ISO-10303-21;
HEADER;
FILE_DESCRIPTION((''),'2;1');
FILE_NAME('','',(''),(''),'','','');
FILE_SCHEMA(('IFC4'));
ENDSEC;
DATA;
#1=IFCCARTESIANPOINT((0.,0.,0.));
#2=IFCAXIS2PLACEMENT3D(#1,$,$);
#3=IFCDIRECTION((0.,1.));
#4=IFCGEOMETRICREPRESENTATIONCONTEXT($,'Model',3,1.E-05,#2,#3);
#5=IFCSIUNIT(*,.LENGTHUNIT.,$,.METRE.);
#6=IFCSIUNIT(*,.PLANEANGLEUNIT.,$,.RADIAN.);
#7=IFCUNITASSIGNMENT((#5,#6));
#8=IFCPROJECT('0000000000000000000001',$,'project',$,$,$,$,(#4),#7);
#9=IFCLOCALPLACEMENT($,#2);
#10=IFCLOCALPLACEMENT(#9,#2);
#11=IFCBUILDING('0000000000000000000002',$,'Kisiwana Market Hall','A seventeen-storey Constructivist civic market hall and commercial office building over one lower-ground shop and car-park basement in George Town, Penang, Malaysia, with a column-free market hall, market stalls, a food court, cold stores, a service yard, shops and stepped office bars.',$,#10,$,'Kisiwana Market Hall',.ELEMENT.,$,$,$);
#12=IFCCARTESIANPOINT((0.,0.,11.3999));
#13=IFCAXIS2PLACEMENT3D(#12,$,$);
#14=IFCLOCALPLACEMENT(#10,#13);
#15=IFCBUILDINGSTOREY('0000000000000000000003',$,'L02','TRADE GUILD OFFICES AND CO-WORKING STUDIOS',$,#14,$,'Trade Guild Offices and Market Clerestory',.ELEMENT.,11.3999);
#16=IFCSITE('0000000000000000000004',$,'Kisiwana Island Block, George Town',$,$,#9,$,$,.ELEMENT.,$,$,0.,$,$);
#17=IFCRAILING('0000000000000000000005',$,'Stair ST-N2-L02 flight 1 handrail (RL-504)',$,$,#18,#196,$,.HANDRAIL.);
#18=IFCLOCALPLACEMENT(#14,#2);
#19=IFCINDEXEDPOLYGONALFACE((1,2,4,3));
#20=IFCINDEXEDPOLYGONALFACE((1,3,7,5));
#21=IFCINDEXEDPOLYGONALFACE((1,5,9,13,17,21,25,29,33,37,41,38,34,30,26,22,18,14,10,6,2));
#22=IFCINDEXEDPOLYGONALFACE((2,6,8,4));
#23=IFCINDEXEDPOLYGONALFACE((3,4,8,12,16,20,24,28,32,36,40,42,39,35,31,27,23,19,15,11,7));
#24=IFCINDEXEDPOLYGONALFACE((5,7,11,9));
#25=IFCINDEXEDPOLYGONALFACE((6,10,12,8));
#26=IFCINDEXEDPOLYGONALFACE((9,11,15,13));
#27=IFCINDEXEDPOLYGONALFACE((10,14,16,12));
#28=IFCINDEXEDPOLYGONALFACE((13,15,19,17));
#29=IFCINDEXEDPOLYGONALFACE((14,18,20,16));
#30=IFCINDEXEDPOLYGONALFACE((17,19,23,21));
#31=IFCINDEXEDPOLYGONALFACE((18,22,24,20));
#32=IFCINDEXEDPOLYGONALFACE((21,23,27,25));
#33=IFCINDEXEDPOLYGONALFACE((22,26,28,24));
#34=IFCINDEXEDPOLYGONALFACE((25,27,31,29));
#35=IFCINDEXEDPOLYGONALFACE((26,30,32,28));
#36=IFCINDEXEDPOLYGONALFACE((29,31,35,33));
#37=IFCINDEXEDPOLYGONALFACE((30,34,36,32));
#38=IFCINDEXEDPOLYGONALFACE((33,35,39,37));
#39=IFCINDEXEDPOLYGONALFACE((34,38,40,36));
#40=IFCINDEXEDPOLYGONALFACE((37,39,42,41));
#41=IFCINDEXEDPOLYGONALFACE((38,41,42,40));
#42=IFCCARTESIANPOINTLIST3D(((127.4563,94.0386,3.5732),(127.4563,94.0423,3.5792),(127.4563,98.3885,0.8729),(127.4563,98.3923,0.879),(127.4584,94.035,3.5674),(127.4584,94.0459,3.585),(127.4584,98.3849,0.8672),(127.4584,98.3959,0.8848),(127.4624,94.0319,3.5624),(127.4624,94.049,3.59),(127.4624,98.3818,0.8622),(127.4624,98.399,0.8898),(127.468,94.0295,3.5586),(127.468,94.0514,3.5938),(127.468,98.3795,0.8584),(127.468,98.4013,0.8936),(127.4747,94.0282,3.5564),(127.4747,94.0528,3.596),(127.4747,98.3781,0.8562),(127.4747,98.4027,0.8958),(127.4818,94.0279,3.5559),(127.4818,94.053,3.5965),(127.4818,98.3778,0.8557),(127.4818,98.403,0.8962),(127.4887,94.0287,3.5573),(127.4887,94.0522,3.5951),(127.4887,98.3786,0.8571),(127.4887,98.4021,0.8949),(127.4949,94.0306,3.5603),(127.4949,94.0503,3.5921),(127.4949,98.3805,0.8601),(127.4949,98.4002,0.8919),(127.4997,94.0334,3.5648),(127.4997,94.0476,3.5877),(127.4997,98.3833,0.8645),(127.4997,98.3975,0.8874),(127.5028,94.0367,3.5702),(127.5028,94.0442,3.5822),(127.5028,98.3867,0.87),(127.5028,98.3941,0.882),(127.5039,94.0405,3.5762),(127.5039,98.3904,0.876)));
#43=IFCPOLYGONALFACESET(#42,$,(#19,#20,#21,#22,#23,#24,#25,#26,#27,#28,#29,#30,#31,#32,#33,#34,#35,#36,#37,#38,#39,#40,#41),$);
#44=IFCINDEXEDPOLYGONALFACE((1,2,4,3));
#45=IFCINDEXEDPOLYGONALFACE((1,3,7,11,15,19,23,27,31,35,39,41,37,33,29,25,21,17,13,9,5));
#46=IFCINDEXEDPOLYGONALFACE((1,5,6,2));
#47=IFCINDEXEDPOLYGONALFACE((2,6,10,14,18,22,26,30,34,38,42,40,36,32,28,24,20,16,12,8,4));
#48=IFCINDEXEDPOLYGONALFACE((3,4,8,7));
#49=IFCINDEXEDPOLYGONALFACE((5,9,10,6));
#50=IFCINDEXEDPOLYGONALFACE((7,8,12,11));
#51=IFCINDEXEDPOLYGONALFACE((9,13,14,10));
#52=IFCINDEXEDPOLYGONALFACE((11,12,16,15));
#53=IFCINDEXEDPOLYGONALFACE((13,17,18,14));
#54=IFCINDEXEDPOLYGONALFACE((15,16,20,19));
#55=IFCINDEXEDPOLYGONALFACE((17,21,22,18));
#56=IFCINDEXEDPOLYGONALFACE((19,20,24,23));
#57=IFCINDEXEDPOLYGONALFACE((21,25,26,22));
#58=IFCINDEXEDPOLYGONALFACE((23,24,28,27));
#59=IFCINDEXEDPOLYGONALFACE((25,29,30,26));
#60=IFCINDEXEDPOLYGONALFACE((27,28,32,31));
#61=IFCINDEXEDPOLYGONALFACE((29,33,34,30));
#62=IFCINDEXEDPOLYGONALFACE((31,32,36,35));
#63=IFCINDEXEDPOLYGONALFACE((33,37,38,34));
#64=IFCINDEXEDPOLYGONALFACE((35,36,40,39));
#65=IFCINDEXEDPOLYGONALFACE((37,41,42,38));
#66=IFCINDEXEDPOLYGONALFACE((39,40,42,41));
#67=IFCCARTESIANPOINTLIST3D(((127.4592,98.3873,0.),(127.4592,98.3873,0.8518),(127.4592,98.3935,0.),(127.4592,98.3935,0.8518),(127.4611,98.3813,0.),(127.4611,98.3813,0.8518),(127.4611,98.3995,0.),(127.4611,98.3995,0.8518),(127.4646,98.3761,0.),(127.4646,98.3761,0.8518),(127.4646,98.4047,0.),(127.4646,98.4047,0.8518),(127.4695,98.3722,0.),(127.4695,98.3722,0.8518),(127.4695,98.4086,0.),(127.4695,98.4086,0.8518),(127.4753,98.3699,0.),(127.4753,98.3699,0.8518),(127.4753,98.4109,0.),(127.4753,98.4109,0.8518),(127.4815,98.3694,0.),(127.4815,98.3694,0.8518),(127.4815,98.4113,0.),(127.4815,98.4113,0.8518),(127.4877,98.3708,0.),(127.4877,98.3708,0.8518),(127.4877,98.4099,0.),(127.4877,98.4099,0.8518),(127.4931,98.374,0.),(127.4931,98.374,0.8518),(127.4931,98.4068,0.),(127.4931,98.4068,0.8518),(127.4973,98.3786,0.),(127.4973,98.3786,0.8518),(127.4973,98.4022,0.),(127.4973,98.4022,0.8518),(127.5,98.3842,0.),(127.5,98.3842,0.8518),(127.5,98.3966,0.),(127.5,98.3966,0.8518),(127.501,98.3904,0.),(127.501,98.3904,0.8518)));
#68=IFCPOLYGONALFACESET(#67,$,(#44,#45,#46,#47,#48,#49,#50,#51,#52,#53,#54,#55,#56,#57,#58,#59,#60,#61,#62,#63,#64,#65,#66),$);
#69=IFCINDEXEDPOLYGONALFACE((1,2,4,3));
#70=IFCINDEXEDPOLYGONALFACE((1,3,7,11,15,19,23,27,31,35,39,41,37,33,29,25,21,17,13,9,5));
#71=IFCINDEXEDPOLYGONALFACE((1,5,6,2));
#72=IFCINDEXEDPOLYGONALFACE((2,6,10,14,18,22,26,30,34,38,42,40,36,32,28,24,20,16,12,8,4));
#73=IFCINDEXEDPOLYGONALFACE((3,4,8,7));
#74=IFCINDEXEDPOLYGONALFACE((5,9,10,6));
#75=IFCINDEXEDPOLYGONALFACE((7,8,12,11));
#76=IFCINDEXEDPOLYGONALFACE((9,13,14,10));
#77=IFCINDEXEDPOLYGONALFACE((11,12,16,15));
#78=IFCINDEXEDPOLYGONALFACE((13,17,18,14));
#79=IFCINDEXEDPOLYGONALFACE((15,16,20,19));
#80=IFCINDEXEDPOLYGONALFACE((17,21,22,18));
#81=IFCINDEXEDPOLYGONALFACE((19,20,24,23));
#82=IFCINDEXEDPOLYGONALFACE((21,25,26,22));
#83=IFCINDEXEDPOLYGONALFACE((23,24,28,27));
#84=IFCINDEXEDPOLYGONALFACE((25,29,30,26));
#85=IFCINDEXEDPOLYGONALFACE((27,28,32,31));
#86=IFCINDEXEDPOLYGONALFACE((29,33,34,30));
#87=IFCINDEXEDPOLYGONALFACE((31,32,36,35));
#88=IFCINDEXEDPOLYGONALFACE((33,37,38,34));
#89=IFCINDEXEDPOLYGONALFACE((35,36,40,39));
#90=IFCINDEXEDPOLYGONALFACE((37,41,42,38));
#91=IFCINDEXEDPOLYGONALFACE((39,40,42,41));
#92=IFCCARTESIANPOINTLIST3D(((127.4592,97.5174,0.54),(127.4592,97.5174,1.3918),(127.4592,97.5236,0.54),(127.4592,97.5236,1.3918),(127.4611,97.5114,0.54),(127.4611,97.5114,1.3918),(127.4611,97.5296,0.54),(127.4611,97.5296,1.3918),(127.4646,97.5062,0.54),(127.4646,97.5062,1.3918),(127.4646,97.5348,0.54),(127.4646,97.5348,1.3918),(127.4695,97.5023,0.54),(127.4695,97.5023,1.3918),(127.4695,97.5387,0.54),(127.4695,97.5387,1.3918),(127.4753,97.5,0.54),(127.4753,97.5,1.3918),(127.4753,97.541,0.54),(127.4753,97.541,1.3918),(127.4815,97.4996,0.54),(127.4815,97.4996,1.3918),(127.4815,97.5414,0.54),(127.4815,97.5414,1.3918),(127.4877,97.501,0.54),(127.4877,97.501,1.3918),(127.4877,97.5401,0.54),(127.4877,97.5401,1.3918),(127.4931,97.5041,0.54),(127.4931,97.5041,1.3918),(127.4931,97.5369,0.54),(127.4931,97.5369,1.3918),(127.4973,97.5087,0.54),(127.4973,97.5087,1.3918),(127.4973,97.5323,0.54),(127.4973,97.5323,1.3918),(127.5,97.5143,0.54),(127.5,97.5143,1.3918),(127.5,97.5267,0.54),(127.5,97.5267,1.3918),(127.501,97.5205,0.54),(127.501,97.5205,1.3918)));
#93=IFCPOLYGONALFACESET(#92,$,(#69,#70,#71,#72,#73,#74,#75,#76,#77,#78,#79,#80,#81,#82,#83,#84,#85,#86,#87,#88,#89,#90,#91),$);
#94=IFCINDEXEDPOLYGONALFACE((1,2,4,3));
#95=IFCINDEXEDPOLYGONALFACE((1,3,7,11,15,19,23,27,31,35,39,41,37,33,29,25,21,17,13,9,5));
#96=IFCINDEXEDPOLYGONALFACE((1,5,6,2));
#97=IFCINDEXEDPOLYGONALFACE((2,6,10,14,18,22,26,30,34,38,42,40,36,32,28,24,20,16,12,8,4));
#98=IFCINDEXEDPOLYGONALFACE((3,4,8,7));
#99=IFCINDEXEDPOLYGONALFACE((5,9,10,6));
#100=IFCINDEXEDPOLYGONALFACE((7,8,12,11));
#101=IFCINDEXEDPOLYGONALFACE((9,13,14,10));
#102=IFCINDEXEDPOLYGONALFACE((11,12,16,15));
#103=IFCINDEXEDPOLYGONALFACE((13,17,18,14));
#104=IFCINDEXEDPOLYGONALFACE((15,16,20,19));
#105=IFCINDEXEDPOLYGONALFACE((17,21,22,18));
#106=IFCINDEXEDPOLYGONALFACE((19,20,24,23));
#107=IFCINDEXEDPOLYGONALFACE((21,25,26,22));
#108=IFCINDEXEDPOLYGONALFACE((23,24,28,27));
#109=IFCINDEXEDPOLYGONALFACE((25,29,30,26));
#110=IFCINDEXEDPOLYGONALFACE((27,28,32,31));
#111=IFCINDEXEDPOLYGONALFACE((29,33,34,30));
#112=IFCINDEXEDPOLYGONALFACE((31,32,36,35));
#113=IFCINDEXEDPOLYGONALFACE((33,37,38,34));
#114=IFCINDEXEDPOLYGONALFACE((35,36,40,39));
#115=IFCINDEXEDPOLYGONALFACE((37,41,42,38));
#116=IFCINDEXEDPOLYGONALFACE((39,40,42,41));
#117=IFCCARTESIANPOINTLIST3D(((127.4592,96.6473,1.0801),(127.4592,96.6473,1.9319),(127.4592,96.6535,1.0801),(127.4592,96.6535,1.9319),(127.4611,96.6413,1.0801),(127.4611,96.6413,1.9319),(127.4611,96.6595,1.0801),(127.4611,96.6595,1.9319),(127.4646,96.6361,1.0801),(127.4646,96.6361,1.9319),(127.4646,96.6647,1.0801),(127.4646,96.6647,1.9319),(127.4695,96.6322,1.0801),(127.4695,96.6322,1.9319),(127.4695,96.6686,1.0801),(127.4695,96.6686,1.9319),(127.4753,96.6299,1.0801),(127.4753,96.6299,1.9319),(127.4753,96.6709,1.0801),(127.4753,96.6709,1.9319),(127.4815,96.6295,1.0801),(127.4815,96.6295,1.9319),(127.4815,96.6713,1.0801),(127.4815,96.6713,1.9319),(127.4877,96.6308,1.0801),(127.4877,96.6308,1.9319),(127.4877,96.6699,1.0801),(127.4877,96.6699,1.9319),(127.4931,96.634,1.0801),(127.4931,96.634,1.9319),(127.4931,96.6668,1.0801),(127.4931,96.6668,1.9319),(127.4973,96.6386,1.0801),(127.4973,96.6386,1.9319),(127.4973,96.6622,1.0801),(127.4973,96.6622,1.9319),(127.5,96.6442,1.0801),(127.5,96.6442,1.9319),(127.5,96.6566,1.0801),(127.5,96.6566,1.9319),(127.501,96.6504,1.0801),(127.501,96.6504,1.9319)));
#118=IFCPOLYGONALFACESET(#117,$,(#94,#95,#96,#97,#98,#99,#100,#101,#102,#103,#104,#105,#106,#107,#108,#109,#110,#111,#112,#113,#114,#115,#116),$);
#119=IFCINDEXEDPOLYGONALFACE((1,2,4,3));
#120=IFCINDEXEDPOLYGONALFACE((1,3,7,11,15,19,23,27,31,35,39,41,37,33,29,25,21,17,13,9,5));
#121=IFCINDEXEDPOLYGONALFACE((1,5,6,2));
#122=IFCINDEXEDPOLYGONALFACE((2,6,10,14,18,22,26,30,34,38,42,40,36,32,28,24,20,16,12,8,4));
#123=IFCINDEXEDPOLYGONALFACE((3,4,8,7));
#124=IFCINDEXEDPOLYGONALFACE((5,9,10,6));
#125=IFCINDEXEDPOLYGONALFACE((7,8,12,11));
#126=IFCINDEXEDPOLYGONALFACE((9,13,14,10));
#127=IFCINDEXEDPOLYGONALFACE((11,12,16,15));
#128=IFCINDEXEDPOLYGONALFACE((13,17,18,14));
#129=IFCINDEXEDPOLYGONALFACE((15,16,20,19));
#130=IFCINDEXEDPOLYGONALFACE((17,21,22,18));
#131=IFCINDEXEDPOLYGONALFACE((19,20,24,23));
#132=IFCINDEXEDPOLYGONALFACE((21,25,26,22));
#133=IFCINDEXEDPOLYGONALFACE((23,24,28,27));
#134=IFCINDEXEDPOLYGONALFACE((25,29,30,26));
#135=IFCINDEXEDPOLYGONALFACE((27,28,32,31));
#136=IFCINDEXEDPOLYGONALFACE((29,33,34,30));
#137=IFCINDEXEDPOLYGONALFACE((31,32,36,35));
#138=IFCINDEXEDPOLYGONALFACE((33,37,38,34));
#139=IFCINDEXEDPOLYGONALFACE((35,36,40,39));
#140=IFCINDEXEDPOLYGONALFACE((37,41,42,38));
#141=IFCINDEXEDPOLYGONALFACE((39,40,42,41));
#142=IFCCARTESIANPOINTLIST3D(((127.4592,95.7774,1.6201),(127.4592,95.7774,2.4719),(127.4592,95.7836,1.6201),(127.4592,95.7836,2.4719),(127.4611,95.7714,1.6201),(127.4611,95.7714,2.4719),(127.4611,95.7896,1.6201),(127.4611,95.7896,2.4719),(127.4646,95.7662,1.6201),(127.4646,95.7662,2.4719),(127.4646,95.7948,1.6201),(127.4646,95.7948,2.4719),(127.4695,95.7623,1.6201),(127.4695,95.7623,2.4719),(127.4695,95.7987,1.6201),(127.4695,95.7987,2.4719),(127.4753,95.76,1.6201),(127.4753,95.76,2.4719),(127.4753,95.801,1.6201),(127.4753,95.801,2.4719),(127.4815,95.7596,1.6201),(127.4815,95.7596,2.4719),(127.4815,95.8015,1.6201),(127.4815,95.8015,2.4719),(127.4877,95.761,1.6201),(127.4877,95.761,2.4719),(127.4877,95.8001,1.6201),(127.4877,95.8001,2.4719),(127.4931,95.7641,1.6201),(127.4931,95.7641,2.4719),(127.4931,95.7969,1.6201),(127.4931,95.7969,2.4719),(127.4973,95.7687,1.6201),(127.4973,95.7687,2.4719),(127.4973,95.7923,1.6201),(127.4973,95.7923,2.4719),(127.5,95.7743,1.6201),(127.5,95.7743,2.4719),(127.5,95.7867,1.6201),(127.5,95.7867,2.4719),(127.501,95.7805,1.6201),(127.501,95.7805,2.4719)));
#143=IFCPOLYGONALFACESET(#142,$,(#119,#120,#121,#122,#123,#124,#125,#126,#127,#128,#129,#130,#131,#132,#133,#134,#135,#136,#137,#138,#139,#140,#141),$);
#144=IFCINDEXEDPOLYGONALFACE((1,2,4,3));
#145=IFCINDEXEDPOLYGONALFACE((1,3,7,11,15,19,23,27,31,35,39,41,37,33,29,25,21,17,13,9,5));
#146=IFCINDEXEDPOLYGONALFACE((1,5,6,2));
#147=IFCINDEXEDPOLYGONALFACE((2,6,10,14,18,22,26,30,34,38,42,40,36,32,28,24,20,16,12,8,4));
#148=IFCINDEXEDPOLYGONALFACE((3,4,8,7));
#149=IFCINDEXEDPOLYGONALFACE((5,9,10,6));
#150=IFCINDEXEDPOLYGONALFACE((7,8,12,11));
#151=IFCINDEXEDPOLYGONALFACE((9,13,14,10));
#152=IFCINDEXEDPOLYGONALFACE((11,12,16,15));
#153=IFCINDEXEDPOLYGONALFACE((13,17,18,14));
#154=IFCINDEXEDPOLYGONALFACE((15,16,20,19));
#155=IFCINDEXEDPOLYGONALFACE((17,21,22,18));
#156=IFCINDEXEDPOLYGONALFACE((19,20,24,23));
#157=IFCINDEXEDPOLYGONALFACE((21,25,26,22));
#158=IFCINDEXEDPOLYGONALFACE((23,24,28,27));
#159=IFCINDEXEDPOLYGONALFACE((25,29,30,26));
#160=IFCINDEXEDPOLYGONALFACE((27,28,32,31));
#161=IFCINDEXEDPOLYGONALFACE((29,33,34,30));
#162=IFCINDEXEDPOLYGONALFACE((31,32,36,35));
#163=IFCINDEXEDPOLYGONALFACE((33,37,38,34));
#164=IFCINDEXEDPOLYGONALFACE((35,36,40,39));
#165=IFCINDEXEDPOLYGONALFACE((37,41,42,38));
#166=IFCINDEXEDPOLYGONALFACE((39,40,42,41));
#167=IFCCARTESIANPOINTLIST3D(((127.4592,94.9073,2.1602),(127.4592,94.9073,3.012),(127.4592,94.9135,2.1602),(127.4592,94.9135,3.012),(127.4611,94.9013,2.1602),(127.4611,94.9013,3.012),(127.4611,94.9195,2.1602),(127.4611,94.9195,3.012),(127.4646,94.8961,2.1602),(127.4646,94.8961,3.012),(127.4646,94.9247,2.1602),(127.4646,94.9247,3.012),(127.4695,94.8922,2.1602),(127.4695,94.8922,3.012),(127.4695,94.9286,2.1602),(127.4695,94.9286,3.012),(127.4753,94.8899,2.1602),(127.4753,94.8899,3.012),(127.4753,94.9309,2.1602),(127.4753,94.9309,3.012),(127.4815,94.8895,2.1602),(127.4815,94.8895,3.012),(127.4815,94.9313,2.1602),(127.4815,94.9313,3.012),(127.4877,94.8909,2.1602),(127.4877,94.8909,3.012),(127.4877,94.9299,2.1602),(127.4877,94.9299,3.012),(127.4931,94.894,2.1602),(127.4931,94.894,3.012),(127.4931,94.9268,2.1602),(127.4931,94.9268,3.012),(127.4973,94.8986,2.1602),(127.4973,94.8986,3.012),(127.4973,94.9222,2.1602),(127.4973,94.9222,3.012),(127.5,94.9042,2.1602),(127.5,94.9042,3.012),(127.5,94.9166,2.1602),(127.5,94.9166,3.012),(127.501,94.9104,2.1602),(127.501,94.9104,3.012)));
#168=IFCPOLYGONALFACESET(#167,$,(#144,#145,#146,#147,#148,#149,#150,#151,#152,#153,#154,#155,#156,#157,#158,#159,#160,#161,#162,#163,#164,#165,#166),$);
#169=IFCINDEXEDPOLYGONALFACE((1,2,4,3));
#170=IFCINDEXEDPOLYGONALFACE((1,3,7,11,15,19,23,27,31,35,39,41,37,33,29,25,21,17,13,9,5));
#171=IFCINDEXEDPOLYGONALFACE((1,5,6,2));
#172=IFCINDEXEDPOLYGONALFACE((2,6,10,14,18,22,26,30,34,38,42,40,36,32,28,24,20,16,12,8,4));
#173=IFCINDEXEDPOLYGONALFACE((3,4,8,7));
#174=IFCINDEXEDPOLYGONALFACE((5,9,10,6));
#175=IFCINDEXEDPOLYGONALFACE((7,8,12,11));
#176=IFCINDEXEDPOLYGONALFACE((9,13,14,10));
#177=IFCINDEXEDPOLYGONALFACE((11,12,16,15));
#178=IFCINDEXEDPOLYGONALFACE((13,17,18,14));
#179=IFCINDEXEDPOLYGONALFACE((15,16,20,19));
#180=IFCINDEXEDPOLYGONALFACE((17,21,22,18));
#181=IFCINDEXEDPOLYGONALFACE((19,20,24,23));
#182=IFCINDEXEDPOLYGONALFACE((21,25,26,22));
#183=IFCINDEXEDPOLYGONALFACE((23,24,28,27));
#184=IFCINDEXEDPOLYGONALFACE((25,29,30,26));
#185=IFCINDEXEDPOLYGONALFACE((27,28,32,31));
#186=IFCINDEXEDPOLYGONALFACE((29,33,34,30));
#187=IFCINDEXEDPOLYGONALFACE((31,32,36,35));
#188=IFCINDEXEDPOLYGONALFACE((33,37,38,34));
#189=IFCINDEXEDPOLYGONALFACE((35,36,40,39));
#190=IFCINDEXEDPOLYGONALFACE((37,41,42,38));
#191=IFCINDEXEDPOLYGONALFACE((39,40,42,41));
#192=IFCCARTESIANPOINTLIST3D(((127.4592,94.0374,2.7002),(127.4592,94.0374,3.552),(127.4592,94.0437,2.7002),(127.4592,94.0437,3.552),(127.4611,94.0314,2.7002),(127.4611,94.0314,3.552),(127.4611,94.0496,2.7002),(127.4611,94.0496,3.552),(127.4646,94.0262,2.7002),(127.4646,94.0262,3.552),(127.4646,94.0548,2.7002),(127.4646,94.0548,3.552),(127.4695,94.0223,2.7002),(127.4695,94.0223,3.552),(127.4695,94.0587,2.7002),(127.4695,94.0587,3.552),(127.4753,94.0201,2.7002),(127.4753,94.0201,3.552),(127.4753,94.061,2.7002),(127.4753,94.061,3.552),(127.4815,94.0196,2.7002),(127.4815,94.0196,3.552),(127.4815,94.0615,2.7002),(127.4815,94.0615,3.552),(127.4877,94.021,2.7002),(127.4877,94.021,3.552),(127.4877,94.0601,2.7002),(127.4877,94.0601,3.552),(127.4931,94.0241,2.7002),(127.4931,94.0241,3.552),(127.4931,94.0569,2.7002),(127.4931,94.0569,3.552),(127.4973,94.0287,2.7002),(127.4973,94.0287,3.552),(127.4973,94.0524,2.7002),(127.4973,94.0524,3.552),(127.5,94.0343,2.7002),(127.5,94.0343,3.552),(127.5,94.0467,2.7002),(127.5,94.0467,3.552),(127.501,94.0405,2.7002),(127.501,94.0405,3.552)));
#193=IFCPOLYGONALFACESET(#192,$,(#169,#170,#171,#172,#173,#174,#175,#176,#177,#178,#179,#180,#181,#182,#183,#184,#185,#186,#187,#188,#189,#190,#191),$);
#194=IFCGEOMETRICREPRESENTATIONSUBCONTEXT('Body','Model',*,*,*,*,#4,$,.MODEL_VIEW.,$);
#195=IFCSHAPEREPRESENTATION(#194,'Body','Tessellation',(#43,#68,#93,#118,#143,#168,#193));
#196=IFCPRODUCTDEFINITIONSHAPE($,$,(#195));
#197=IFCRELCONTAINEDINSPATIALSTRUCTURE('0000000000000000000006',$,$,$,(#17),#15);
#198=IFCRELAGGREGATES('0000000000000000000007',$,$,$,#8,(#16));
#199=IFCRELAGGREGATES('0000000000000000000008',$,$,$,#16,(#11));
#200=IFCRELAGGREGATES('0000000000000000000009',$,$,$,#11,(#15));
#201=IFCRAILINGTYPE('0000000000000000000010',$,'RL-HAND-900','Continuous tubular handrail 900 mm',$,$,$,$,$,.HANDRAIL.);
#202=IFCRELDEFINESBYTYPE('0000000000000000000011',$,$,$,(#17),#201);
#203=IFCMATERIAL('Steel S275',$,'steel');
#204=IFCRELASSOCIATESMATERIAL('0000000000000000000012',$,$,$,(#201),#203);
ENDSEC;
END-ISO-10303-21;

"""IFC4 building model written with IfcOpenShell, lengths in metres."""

from ifc_helpers import new_model, si_unit, direction, frame, origin, origin_2d, place, context, subcontext, project, spatial, circle, extrude, material, type_object, element, save


model = new_model("IFC4")

# Units and contexts
model_context = context("Model", 3, precision=1e-05, world=origin(), true_north=direction((0.0, 1.0)))
body_context = subcontext(model_context, "Body", "Model", "MODEL_VIEW")
ifc_project = project(units=[si_unit("LENGTHUNIT", "METRE"), si_unit("PLANEANGLEUNIT", "RADIAN")], contexts=[model_context])

# Site, building, storey
site_placement = place(None, origin())
site = spatial("IfcSite", under=ifc_project, at=site_placement, Name="Kisiwana Island Block, George Town", CompositionType="ELEMENT", RefElevation=0.0)
building_placement = place(site_placement, origin())
building = spatial("IfcBuilding", under=site, at=building_placement, Name="Kisiwana Market Hall", Description="A seventeen-storey Constructivist civic market hall and commercial office building over one lower-ground shop and car-park basement in George Town, Penang, Malaysia, with a column-free market hall, market stalls, a food court, cold stores, a service yard, shops and stepped office bars.", LongName="Kisiwana Market Hall", CompositionType="ELEMENT")
storey_placement = place(building_placement, frame((0.0, 0.0, 11.3999)))
storey = spatial("IfcBuildingStorey", under=building, at=storey_placement, Name="L02", Description="TRADE GUILD OFFICES AND CO-WORKING STUDIOS", LongName="Trade Guild Offices and Market Clerestory", CompositionType="ELEMENT", Elevation=11.3999)

# Railing
ifc_material_1 = material(Name="Steel S275", Category="steel")
railing_type_1 = type_object("IfcRailingType", Name="RL-HAND-900", Description="Continuous tubular handrail 900 mm", PredefinedType="HANDRAIL", material=ifc_material_1)
railing_1_placement = place(storey_placement, frame((127.48, 98.3904, 0.0)))
element("IfcRailing", 1, at=railing_1_placement, inside=storey, type_object=railing_type_1, Name="Stair ST-N2-L02 flight 1 handrail (RL-504)", PredefinedType="HANDRAIL", context=body_context, shape_type="SweptSolid", body=[
    extrude(circle(Radius=0.0239, at=origin_2d()), frame((0.0, 0.0, 0.876), z_axis=(0.0, -0.849615, 0.527403), x_axis=(1.0, 0.0, 0.0)), (0.0, 0.0, 1.0), 5.1199),
    extrude(circle(Radius=0.021, at=origin_2d()), origin(), (0.0, 0.0, 1.0), 0.8518),
    extrude(circle(Radius=0.021, at=origin_2d()), frame((0.0, -0.8699, 0.54)), (0.0, 0.0, 1.0), 0.8518),
    extrude(circle(Radius=0.021, at=origin_2d()), frame((0.0, -1.74, 1.0801)), (0.0, 0.0, 1.0), 0.8518),
    extrude(circle(Radius=0.021, at=origin_2d()), frame((0.0, -2.6099, 1.6201)), (0.0, 0.0, 1.0), 0.8518),
    extrude(circle(Radius=0.021, at=origin_2d()), frame((0.0, -3.48, 2.1602)), (0.0, 0.0, 1.0), 0.8518),
    extrude(circle(Radius=0.021, at=origin_2d()), frame((0.0, -4.3499, 2.7002)), (0.0, 0.0, 1.0), 0.8518),
])

save(model, "model.ifc")
